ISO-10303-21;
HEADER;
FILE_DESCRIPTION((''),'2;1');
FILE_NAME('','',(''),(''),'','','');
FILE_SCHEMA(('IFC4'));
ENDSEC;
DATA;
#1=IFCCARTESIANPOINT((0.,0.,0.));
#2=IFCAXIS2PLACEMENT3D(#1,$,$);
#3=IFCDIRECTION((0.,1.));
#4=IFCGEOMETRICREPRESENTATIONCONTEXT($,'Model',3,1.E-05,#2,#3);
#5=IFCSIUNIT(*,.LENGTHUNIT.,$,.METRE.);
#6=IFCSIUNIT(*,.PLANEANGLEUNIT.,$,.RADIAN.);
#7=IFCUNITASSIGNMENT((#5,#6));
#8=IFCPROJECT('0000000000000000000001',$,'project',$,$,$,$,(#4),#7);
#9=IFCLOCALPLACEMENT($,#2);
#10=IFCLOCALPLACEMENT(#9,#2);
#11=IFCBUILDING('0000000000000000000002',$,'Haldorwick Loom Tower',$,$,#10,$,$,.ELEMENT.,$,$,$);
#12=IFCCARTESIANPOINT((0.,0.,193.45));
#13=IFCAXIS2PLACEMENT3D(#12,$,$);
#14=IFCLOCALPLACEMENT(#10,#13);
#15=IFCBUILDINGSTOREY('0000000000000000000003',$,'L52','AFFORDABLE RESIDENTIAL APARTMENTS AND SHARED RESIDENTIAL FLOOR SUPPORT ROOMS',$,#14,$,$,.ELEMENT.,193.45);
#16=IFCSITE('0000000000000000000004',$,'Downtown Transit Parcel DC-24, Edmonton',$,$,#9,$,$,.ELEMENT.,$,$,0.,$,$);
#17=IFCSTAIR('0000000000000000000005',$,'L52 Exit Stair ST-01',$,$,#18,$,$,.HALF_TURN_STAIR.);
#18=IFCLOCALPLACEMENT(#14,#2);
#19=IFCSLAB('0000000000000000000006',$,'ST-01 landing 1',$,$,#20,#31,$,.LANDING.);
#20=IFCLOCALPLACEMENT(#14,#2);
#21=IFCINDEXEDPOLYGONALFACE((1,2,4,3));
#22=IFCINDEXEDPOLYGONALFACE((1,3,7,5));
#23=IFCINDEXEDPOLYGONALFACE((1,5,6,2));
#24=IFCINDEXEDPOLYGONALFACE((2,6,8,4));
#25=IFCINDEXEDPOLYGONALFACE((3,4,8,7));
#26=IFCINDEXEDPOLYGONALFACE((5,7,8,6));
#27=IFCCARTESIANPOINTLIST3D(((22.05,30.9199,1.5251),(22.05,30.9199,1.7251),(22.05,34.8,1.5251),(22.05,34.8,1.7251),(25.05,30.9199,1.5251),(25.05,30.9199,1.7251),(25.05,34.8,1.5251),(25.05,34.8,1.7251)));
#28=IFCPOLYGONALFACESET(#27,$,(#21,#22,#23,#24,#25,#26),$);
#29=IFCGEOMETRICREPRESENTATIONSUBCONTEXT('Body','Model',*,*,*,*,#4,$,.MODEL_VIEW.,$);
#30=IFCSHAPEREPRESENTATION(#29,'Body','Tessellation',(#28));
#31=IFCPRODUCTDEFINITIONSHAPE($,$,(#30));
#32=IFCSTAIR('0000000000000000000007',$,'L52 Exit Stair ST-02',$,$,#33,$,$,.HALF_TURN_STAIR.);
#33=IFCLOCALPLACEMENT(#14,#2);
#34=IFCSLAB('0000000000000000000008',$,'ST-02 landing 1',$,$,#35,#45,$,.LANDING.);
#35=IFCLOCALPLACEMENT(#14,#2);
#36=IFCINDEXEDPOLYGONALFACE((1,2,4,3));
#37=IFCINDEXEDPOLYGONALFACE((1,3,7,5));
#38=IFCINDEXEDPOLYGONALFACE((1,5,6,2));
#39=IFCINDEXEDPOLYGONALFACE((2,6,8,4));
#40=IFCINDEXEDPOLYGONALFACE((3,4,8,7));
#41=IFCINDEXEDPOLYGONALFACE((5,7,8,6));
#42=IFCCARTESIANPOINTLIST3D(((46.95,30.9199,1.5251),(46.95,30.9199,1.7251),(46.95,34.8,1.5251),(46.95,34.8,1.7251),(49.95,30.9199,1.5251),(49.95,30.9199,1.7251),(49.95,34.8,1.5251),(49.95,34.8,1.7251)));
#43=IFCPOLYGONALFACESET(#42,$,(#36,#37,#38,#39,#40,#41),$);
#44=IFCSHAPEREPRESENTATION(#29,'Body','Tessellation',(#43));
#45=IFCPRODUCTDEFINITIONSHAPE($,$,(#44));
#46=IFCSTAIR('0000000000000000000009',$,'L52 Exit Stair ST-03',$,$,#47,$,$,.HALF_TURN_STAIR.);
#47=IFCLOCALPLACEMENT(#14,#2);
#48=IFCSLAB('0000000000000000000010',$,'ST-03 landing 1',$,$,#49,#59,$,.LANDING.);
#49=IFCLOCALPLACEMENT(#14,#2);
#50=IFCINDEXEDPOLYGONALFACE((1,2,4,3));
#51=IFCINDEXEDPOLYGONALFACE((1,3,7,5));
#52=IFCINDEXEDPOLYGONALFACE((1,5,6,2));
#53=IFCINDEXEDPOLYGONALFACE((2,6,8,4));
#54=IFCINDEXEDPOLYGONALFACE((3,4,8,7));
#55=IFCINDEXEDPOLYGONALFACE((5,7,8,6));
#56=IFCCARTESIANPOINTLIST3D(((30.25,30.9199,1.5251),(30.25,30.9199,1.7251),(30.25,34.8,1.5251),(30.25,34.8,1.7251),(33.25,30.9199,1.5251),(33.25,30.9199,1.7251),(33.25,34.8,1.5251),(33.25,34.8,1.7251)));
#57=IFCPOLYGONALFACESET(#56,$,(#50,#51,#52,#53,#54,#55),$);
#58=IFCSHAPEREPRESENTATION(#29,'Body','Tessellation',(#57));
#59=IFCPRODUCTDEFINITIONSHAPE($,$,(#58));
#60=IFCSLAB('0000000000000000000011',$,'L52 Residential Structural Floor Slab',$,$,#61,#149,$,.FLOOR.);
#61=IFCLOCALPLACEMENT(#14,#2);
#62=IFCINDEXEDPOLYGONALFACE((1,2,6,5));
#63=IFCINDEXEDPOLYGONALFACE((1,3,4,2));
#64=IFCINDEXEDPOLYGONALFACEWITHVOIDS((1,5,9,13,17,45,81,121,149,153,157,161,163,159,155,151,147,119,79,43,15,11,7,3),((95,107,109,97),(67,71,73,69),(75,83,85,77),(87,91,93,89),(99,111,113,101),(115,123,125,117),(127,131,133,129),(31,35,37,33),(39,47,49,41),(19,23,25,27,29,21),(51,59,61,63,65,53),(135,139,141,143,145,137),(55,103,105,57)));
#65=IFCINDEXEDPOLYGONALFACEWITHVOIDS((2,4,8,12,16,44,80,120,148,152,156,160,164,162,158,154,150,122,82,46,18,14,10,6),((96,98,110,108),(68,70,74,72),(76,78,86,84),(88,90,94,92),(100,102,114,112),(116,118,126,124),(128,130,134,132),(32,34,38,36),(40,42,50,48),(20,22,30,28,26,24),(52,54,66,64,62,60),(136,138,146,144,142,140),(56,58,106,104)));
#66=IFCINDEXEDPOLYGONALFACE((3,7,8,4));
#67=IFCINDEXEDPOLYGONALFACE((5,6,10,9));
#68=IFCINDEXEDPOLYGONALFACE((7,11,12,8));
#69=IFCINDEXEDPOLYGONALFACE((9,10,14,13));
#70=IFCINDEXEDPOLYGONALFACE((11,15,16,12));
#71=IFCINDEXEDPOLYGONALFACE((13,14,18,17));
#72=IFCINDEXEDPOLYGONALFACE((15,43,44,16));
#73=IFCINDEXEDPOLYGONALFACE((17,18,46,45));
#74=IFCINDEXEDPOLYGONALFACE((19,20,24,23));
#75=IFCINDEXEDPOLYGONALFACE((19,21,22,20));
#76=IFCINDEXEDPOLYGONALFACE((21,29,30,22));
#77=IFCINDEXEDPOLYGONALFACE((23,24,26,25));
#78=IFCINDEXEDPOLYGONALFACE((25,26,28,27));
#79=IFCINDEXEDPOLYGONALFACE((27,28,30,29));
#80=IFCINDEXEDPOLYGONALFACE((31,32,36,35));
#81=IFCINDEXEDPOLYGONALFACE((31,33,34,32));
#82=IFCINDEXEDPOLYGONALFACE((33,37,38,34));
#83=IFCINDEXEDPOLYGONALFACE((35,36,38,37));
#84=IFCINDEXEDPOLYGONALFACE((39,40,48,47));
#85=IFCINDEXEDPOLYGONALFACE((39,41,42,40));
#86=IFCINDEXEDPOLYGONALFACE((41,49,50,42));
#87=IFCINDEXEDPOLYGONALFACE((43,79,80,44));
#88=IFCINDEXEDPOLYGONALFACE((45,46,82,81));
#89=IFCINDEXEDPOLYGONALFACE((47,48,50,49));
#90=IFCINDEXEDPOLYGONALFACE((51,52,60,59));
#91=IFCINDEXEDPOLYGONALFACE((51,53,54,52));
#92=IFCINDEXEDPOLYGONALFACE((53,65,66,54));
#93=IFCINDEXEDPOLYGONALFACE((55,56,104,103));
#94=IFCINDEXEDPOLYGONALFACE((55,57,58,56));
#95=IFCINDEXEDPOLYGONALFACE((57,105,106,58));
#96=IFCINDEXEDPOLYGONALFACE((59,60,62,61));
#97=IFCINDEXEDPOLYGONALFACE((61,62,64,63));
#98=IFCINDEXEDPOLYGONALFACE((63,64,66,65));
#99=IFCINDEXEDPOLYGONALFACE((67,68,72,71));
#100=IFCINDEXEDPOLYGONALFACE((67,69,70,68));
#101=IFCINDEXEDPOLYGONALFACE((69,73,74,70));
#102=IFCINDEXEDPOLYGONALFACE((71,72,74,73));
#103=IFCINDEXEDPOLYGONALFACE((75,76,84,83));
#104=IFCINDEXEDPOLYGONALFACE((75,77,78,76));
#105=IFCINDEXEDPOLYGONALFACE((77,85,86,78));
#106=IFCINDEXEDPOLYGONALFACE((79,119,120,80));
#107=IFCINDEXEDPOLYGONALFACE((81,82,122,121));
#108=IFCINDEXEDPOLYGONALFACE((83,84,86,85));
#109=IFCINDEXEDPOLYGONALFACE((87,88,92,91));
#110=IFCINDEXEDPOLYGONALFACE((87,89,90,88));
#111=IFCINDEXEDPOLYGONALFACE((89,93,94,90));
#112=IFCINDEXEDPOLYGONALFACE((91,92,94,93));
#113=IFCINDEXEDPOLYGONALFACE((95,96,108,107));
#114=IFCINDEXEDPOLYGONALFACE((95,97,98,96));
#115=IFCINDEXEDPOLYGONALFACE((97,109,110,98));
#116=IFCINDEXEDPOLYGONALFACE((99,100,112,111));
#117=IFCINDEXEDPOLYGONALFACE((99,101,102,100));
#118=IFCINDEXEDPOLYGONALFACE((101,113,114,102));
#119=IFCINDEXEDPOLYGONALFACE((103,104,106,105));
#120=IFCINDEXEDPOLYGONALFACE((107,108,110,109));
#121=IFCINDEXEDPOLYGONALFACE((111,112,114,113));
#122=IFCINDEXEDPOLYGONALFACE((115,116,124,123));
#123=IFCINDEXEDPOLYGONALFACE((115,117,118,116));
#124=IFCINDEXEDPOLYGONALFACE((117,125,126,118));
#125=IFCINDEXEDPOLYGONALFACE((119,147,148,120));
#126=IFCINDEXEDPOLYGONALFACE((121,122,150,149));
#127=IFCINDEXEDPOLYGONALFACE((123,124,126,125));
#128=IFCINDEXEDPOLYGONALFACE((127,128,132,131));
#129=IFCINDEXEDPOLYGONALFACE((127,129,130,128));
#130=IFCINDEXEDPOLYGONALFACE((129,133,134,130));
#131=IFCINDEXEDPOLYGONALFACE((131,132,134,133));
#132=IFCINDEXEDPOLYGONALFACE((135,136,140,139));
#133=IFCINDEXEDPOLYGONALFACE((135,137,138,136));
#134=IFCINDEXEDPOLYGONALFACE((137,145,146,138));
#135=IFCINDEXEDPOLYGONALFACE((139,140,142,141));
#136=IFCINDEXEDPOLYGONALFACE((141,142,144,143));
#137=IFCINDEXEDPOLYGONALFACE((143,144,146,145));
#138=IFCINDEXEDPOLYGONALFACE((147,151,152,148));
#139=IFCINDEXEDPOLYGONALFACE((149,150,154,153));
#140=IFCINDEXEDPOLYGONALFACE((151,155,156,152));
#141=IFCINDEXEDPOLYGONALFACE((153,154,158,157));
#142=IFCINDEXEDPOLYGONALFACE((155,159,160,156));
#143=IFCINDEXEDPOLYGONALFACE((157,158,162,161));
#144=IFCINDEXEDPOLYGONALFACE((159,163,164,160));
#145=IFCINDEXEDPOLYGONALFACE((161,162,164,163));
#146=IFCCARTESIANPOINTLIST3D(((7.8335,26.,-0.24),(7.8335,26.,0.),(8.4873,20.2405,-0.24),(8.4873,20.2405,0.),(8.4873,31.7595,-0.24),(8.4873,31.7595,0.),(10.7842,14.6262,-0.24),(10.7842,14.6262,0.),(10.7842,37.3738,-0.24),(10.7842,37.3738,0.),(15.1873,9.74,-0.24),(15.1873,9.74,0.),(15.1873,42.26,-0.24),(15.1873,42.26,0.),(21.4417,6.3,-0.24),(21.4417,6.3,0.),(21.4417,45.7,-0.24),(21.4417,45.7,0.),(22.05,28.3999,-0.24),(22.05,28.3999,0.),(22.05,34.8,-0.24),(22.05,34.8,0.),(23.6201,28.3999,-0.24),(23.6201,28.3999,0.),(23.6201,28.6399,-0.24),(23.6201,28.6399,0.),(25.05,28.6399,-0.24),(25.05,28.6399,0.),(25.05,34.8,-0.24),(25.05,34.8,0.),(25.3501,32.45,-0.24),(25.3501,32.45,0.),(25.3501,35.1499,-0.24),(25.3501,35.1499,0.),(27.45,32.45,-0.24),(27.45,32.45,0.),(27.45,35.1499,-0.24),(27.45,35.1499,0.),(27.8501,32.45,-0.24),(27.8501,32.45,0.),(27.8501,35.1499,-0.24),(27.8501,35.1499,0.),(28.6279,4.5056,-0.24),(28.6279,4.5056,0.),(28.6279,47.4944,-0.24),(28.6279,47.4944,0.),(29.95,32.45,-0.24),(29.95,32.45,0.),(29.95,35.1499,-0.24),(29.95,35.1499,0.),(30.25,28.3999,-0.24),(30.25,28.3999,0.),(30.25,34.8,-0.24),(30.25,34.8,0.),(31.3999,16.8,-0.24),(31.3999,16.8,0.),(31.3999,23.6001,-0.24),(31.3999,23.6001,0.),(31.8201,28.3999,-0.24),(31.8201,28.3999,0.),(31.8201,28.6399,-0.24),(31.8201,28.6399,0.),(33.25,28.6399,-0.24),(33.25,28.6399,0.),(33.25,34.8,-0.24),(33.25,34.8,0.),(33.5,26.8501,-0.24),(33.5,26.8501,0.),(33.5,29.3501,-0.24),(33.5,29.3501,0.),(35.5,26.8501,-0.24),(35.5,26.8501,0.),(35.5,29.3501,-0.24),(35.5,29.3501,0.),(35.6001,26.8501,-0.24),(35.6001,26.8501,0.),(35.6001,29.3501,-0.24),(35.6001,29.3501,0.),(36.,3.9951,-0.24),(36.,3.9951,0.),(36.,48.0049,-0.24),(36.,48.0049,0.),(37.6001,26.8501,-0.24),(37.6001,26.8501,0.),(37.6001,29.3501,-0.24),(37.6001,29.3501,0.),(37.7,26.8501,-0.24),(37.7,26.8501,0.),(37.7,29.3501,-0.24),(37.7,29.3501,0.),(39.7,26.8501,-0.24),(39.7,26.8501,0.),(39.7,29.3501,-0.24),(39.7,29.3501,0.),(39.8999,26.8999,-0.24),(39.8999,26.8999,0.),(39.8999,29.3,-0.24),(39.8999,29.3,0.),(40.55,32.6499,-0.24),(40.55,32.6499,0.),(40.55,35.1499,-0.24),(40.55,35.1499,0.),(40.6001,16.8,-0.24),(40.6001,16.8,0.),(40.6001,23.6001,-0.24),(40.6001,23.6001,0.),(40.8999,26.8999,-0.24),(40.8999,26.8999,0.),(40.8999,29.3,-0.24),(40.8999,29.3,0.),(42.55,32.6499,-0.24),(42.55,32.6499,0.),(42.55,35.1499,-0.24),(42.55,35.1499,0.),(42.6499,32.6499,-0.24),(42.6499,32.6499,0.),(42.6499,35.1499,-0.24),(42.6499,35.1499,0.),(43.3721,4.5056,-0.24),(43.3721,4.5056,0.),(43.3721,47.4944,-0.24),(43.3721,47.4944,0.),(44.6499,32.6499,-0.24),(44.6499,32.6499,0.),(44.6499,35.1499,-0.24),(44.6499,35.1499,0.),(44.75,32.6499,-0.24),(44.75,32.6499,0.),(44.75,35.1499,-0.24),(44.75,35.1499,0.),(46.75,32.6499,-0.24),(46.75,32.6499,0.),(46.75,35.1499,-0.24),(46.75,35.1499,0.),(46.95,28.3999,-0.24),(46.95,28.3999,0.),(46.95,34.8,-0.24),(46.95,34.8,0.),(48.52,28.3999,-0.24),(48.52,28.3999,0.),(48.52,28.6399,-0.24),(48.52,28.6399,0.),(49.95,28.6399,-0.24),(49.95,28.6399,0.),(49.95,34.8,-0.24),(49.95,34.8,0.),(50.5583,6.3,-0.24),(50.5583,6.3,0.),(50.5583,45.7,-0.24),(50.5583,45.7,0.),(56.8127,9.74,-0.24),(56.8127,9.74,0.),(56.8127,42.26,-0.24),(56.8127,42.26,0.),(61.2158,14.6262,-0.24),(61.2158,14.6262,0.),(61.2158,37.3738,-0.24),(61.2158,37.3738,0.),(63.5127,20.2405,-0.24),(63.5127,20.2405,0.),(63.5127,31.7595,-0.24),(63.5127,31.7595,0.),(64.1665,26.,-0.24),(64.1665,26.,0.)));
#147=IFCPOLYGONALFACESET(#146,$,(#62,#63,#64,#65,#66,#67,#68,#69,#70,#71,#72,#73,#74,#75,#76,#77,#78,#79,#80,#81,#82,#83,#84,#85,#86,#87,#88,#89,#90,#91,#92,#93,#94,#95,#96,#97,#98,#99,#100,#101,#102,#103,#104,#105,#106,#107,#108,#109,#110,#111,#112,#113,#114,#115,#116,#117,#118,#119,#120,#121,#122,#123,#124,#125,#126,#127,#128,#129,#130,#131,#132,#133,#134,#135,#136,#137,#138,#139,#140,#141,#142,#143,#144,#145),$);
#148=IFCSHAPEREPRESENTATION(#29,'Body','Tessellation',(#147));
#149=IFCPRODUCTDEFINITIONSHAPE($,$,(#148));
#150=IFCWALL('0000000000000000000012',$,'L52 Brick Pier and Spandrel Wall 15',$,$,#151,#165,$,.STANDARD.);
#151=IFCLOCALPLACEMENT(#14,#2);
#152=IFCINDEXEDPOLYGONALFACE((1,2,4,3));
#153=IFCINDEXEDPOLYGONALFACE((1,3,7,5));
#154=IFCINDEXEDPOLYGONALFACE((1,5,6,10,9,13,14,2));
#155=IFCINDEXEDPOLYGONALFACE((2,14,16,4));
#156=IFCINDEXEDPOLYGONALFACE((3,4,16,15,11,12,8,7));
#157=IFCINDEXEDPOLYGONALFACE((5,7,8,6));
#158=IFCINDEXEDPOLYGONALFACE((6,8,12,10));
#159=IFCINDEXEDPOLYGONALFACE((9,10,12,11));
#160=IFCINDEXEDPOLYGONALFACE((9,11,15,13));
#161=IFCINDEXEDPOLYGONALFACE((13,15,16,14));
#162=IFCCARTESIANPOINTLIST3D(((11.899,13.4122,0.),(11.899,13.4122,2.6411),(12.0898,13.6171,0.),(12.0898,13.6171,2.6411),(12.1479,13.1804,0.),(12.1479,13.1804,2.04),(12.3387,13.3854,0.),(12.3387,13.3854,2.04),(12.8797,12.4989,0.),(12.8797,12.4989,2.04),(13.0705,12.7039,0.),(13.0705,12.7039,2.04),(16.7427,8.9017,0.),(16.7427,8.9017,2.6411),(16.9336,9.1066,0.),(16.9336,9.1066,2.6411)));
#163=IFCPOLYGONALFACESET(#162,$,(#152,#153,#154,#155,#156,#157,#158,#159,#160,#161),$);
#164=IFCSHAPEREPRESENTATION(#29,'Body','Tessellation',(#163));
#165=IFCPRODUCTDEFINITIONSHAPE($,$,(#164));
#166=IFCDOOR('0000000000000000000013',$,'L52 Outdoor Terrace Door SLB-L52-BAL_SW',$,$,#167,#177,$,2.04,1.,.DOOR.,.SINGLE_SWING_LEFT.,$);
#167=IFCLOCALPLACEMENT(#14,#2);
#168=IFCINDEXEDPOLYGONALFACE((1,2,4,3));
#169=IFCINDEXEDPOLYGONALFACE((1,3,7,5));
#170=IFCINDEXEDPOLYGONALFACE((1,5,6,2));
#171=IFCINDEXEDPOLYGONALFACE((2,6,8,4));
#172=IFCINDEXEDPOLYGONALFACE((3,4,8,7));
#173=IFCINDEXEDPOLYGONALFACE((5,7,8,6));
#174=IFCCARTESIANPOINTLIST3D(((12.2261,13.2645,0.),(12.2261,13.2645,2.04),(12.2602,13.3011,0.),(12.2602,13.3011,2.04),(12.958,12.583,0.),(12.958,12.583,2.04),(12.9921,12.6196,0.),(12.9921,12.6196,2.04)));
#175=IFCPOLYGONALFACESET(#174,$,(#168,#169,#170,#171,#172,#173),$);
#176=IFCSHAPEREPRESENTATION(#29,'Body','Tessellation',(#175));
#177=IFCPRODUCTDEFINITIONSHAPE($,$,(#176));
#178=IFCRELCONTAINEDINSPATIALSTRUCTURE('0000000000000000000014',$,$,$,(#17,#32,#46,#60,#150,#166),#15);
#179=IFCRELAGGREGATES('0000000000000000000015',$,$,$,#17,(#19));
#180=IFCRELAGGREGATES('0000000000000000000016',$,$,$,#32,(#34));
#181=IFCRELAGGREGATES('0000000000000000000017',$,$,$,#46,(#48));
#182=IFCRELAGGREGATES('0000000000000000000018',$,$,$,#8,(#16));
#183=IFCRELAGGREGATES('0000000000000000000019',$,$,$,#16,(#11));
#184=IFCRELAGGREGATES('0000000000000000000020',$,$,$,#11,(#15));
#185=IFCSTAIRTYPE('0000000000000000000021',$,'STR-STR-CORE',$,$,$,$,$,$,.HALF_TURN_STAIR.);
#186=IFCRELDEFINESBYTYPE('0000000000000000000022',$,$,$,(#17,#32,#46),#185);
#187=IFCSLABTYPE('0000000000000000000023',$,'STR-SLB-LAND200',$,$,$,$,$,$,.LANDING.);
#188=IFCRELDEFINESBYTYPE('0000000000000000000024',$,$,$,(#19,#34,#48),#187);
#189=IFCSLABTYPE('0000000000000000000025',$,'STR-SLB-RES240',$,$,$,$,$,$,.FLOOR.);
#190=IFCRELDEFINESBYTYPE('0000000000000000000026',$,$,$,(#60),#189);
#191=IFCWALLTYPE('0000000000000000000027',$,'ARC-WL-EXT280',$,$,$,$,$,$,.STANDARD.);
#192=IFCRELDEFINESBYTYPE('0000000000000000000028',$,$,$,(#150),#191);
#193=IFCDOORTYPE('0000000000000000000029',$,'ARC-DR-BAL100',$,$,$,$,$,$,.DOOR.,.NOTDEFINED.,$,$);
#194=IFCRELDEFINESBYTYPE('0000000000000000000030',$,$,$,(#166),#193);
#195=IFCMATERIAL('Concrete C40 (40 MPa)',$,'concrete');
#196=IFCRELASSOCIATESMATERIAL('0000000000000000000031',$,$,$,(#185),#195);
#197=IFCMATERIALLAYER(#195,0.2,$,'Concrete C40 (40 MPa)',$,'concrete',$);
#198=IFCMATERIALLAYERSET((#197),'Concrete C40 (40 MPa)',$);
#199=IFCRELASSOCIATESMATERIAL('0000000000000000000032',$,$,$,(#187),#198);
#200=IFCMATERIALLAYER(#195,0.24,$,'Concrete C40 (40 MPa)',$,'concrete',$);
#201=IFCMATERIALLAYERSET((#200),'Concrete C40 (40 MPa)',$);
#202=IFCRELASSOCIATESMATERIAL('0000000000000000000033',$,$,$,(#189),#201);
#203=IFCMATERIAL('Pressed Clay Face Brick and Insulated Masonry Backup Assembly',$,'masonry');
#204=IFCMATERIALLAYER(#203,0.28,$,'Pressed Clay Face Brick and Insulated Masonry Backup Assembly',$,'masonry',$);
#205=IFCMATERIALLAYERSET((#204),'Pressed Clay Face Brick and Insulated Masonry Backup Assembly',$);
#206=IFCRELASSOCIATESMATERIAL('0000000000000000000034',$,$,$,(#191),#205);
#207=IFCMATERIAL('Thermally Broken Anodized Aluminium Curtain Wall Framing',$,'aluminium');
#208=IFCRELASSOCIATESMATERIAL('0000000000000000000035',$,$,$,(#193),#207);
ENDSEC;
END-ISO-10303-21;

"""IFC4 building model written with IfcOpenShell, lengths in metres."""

from ifc_helpers import new_model, si_unit, direction, frame, frame_2d, origin, place, context, subcontext, project, spatial, polyline, rectangle, outline, extrude, material, layer, layer_set, type_object, element, fill, aggregate, save


model = new_model("IFC4")

# Units and contexts
model_context = context("Model", 3, precision=1e-05, world=origin(), true_north=direction((0.0, 1.0)))
body_context = subcontext(model_context, "Body", "Model", "MODEL_VIEW")
ifc_project = project(units=[si_unit("LENGTHUNIT", "METRE"), si_unit("PLANEANGLEUNIT", "RADIAN")], contexts=[model_context])

# Site, building, storey
site_placement = place(None, origin())
site = spatial("IfcSite", under=ifc_project, at=site_placement, Name="Downtown Transit Parcel DC-24, Edmonton", CompositionType="ELEMENT", RefElevation=0.0)
building_placement = place(site_placement, origin())
building = spatial("IfcBuilding", under=site, at=building_placement, Name="Haldorwick Loom Tower", CompositionType="ELEMENT")
storey_placement = place(building_placement, frame((0.0, 0.0, 193.45)))
storey = spatial("IfcBuildingStorey", under=building, at=storey_placement, Name="L52", Description="AFFORDABLE RESIDENTIAL APARTMENTS AND SHARED RESIDENTIAL FLOOR SUPPORT ROOMS", CompositionType="ELEMENT", Elevation=193.45)

# Shared definitions
ifc_material_1 = material(Name="Concrete C40 (40 MPa)", Category="concrete")

# Stairs, slabs
stair_type = type_object("IfcStairType", Name="STR-STR-CORE", PredefinedType="HALF_TURN_STAIR", material=ifc_material_1)
stair_1_placement = place(storey_placement, origin())
stair_1 = element("IfcStair", 1, at=stair_1_placement, inside=storey, type_object=stair_type, Name="L52 Exit Stair ST-01", PredefinedType="HALF_TURN_STAIR")
ifc_layer_1 = layer(ifc_material_1, 0.2, Name="Concrete C40 (40 MPa)", Category="concrete")
ifc_layer_set_1 = layer_set([ifc_layer_1], Name="Concrete C40 (40 MPa)")
slab_type_1 = type_object("IfcSlabType", Name="STR-SLB-LAND200", PredefinedType="LANDING", material=ifc_layer_set_1)
slab_1_placement = place(storey_placement, frame((0.0, 0.0, 1.5251)))
slab_1 = element("IfcSlab", 2, at=slab_1_placement, type_object=slab_type_1, Name="ST-01 landing 1", PredefinedType="LANDING", context=body_context, shape_type="SweptSolid", body=[
    extrude(outline(polyline([(25.05, 30.9199), (25.05, 34.8), (22.05, 34.8), (22.05, 30.9199), (25.05, 30.9199)])), origin(), (0.0, 0.0, 1.0), 0.2),
])
aggregate(stair_1, [slab_1])
stair_2_placement = place(storey_placement, origin())
stair_2 = element("IfcStair", 3, at=stair_2_placement, inside=storey, type_object=stair_type, Name="L52 Exit Stair ST-02", PredefinedType="HALF_TURN_STAIR")
slab_2_placement = place(storey_placement, frame((0.0, 0.0, 1.5251)))
slab_2 = element("IfcSlab", 4, at=slab_2_placement, type_object=slab_type_1, Name="ST-02 landing 1", PredefinedType="LANDING", context=body_context, shape_type="SweptSolid", body=[
    extrude(outline(polyline([(49.95, 30.9199), (49.95, 34.8), (46.95, 34.8), (46.95, 30.9199), (49.95, 30.9199)])), origin(), (0.0, 0.0, 1.0), 0.2),
])
aggregate(stair_2, [slab_2])
stair_3_placement = place(storey_placement, origin())
stair_3 = element("IfcStair", 5, at=stair_3_placement, inside=storey, type_object=stair_type, Name="L52 Exit Stair ST-03", PredefinedType="HALF_TURN_STAIR")
slab_3_placement = place(storey_placement, frame((0.0, 0.0, 1.5251)))
slab_3 = element("IfcSlab", 6, at=slab_3_placement, type_object=slab_type_1, Name="ST-03 landing 1", PredefinedType="LANDING", context=body_context, shape_type="SweptSolid", body=[
    extrude(outline(polyline([(33.25, 30.9199), (33.25, 34.8), (30.25, 34.8), (30.25, 30.9199), (33.25, 30.9199)])), origin(), (0.0, 0.0, 1.0), 0.2),
])
aggregate(stair_3, [slab_3])

# Slab
ifc_layer_2 = layer(ifc_material_1, 0.24, Name="Concrete C40 (40 MPa)", Category="concrete")
ifc_layer_set_2 = layer_set([ifc_layer_2], Name="Concrete C40 (40 MPa)")
slab_type_2 = type_object("IfcSlabType", Name="STR-SLB-RES240", PredefinedType="FLOOR", material=ifc_layer_set_2)
slab_4_placement = place(storey_placement, frame((0.0, 0.0, -0.24)))
element("IfcSlab", 7, at=slab_4_placement, inside=storey, type_object=slab_type_2, Name="L52 Residential Structural Floor Slab", PredefinedType="FLOOR", context=body_context, shape_type="SweptSolid", body=[
    extrude(outline(polyline([(56.8127, 9.74), (61.2158, 14.6262), (63.5127, 20.2405), (64.1665, 26.0), (63.5127, 31.7595), (61.2158, 37.3738), (56.8127, 42.26), (50.5583, 45.7), (43.3721, 47.4944), (36.0, 48.0049), (28.6279, 47.4944), (21.4417, 45.7), (15.1873, 42.26), (10.7842, 37.3738), (8.4873, 31.7595), (7.8335, 26.0), (8.4873, 20.2405), (10.7842, 14.6262), (15.1873, 9.74), (21.4417, 6.3), (28.6279, 4.5056), (36.0, 3.9951), (43.3721, 4.5056), (50.5583, 6.3), (56.8127, 9.74)]), holes=[polyline([(31.3999, 16.8), (31.3999, 23.6001), (40.6001, 23.6001), (40.6001, 16.8), (31.3999, 16.8)]), polyline([(33.5, 26.8501), (33.5, 29.3501), (35.5, 29.3501), (35.5, 26.8501), (33.5, 26.8501)]), polyline([(35.6001, 26.8501), (35.6001, 29.3501), (37.6001, 29.3501), (37.6001, 26.8501), (35.6001, 26.8501)]), polyline([(23.6201, 28.3999), (22.05, 28.3999), (22.05, 34.8), (25.05, 34.8), (25.05, 28.6399), (23.6201, 28.6399), (23.6201, 28.3999)]), polyline([(30.25, 28.3999), (30.25, 34.8), (33.25, 34.8), (33.25, 28.6399), (31.8201, 28.6399), (31.8201, 28.3999), (30.25, 28.3999)]), polyline([(25.3501, 32.45), (25.3501, 35.1499), (27.45, 35.1499), (27.45, 32.45), (25.3501, 32.45)]), polyline([(29.95, 32.45), (27.8501, 32.45), (27.8501, 35.1499), (29.95, 35.1499), (29.95, 32.45)]), polyline([(37.7, 26.8501), (37.7, 29.3501), (39.7, 29.3501), (39.7, 26.8501), (37.7, 26.8501)]), polyline([(39.8999, 26.8999), (39.8999, 29.3), (40.8999, 29.3), (40.8999, 26.8999), (39.8999, 26.8999)]), polyline([(46.95, 28.3999), (46.95, 34.8), (49.95, 34.8), (49.95, 28.6399), (48.52, 28.6399), (48.52, 28.3999), (46.95, 28.3999)]), polyline([(40.55, 32.6499), (40.55, 35.1499), (42.55, 35.1499), (42.55, 32.6499), (40.55, 32.6499)]), polyline([(42.6499, 32.6499), (42.6499, 35.1499), (44.6499, 35.1499), (44.6499, 32.6499), (42.6499, 32.6499)]), polyline([(44.75, 32.6499), (44.75, 35.1499), (46.75, 35.1499), (46.75, 32.6499), (44.75, 32.6499)])]), origin(), (0.0, 0.0, 1.0), 0.24),
])

# Wall, opening, door
ifc_material_2 = material(Name="Pressed Clay Face Brick and Insulated Masonry Backup Assembly", Category="masonry")
ifc_layer_3 = layer(ifc_material_2, 0.28, Name="Pressed Clay Face Brick and Insulated Masonry Backup Assembly", Category="masonry")
ifc_layer_set_3 = layer_set([ifc_layer_3], Name="Pressed Clay Face Brick and Insulated Masonry Backup Assembly")
wall_type_1 = type_object("IfcWallType", Name="ARC-WL-EXT280", PredefinedType="STANDARD", material=ifc_layer_set_3)
wall_1_placement = place(storey_placement, frame((11.9944, 13.5146, 0.0), z_axis=(0.0, 0.0, 1.0), x_axis=(0.731834, -0.681483, 0.0)))
wall_1 = element("IfcWall", 8, at=wall_1_placement, inside=storey, type_object=wall_type_1, Name="L52 Brick Pier and Spandrel Wall 15", PredefinedType="STANDARD", context=body_context, shape_type="SweptSolid", body=[
    extrude(rectangle(XDim=6.6187, YDim=0.28, at=frame_2d((3.3093, 0.0))), origin(), (0.0, 0.0, 1.0), 2.6411),
])
opening_1_placement = place(wall_1_placement, frame((0.3401, 0.0, 0.0)))
opening_1 = element("IfcOpeningElement", 9, at=opening_1_placement, cuts=wall_1, PredefinedType="OPENING", context=body_context, shape_type="SweptSolid", body=[
    extrude(rectangle(XDim=1.0, YDim=2.04, at=frame_2d((0.5, 1.02))), frame((0.0, 0.1499, 0.0), z_axis=(0.0, -1.0, 0.0), x_axis=(1.0, 0.0, 0.0)), (0.0, 0.0, 1.0), 0.3),
])
ifc_material_3 = material(Name="Thermally Broken Anodized Aluminium Curtain Wall Framing", Category="aluminium")
door_type = type_object("IfcDoorType", Name="ARC-DR-BAL100", OperationType="NOTDEFINED", PredefinedType="DOOR", material=ifc_material_3)
door_placement = place(opening_1_placement, origin())
door = element("IfcDoor", 10, at=door_placement, inside=storey, type_object=door_type, Name="L52 Outdoor Terrace Door SLB-L52-BAL_SW", OperationType="SINGLE_SWING_LEFT", OverallHeight=2.04, OverallWidth=1.0, PredefinedType="DOOR", context=body_context, shape_type="SweptSolid", body=[
    extrude(rectangle(XDim=1.0, YDim=2.04, at=frame_2d((0.5, 1.02))), frame((0.0, 0.0249, 0.0), z_axis=(0.0, -1.0, 0.0), x_axis=(1.0, 0.0, 0.0)), (0.0, 0.0, 1.0), 0.05),
])
fill(opening_1, door)

save(model, "model.ifc")
